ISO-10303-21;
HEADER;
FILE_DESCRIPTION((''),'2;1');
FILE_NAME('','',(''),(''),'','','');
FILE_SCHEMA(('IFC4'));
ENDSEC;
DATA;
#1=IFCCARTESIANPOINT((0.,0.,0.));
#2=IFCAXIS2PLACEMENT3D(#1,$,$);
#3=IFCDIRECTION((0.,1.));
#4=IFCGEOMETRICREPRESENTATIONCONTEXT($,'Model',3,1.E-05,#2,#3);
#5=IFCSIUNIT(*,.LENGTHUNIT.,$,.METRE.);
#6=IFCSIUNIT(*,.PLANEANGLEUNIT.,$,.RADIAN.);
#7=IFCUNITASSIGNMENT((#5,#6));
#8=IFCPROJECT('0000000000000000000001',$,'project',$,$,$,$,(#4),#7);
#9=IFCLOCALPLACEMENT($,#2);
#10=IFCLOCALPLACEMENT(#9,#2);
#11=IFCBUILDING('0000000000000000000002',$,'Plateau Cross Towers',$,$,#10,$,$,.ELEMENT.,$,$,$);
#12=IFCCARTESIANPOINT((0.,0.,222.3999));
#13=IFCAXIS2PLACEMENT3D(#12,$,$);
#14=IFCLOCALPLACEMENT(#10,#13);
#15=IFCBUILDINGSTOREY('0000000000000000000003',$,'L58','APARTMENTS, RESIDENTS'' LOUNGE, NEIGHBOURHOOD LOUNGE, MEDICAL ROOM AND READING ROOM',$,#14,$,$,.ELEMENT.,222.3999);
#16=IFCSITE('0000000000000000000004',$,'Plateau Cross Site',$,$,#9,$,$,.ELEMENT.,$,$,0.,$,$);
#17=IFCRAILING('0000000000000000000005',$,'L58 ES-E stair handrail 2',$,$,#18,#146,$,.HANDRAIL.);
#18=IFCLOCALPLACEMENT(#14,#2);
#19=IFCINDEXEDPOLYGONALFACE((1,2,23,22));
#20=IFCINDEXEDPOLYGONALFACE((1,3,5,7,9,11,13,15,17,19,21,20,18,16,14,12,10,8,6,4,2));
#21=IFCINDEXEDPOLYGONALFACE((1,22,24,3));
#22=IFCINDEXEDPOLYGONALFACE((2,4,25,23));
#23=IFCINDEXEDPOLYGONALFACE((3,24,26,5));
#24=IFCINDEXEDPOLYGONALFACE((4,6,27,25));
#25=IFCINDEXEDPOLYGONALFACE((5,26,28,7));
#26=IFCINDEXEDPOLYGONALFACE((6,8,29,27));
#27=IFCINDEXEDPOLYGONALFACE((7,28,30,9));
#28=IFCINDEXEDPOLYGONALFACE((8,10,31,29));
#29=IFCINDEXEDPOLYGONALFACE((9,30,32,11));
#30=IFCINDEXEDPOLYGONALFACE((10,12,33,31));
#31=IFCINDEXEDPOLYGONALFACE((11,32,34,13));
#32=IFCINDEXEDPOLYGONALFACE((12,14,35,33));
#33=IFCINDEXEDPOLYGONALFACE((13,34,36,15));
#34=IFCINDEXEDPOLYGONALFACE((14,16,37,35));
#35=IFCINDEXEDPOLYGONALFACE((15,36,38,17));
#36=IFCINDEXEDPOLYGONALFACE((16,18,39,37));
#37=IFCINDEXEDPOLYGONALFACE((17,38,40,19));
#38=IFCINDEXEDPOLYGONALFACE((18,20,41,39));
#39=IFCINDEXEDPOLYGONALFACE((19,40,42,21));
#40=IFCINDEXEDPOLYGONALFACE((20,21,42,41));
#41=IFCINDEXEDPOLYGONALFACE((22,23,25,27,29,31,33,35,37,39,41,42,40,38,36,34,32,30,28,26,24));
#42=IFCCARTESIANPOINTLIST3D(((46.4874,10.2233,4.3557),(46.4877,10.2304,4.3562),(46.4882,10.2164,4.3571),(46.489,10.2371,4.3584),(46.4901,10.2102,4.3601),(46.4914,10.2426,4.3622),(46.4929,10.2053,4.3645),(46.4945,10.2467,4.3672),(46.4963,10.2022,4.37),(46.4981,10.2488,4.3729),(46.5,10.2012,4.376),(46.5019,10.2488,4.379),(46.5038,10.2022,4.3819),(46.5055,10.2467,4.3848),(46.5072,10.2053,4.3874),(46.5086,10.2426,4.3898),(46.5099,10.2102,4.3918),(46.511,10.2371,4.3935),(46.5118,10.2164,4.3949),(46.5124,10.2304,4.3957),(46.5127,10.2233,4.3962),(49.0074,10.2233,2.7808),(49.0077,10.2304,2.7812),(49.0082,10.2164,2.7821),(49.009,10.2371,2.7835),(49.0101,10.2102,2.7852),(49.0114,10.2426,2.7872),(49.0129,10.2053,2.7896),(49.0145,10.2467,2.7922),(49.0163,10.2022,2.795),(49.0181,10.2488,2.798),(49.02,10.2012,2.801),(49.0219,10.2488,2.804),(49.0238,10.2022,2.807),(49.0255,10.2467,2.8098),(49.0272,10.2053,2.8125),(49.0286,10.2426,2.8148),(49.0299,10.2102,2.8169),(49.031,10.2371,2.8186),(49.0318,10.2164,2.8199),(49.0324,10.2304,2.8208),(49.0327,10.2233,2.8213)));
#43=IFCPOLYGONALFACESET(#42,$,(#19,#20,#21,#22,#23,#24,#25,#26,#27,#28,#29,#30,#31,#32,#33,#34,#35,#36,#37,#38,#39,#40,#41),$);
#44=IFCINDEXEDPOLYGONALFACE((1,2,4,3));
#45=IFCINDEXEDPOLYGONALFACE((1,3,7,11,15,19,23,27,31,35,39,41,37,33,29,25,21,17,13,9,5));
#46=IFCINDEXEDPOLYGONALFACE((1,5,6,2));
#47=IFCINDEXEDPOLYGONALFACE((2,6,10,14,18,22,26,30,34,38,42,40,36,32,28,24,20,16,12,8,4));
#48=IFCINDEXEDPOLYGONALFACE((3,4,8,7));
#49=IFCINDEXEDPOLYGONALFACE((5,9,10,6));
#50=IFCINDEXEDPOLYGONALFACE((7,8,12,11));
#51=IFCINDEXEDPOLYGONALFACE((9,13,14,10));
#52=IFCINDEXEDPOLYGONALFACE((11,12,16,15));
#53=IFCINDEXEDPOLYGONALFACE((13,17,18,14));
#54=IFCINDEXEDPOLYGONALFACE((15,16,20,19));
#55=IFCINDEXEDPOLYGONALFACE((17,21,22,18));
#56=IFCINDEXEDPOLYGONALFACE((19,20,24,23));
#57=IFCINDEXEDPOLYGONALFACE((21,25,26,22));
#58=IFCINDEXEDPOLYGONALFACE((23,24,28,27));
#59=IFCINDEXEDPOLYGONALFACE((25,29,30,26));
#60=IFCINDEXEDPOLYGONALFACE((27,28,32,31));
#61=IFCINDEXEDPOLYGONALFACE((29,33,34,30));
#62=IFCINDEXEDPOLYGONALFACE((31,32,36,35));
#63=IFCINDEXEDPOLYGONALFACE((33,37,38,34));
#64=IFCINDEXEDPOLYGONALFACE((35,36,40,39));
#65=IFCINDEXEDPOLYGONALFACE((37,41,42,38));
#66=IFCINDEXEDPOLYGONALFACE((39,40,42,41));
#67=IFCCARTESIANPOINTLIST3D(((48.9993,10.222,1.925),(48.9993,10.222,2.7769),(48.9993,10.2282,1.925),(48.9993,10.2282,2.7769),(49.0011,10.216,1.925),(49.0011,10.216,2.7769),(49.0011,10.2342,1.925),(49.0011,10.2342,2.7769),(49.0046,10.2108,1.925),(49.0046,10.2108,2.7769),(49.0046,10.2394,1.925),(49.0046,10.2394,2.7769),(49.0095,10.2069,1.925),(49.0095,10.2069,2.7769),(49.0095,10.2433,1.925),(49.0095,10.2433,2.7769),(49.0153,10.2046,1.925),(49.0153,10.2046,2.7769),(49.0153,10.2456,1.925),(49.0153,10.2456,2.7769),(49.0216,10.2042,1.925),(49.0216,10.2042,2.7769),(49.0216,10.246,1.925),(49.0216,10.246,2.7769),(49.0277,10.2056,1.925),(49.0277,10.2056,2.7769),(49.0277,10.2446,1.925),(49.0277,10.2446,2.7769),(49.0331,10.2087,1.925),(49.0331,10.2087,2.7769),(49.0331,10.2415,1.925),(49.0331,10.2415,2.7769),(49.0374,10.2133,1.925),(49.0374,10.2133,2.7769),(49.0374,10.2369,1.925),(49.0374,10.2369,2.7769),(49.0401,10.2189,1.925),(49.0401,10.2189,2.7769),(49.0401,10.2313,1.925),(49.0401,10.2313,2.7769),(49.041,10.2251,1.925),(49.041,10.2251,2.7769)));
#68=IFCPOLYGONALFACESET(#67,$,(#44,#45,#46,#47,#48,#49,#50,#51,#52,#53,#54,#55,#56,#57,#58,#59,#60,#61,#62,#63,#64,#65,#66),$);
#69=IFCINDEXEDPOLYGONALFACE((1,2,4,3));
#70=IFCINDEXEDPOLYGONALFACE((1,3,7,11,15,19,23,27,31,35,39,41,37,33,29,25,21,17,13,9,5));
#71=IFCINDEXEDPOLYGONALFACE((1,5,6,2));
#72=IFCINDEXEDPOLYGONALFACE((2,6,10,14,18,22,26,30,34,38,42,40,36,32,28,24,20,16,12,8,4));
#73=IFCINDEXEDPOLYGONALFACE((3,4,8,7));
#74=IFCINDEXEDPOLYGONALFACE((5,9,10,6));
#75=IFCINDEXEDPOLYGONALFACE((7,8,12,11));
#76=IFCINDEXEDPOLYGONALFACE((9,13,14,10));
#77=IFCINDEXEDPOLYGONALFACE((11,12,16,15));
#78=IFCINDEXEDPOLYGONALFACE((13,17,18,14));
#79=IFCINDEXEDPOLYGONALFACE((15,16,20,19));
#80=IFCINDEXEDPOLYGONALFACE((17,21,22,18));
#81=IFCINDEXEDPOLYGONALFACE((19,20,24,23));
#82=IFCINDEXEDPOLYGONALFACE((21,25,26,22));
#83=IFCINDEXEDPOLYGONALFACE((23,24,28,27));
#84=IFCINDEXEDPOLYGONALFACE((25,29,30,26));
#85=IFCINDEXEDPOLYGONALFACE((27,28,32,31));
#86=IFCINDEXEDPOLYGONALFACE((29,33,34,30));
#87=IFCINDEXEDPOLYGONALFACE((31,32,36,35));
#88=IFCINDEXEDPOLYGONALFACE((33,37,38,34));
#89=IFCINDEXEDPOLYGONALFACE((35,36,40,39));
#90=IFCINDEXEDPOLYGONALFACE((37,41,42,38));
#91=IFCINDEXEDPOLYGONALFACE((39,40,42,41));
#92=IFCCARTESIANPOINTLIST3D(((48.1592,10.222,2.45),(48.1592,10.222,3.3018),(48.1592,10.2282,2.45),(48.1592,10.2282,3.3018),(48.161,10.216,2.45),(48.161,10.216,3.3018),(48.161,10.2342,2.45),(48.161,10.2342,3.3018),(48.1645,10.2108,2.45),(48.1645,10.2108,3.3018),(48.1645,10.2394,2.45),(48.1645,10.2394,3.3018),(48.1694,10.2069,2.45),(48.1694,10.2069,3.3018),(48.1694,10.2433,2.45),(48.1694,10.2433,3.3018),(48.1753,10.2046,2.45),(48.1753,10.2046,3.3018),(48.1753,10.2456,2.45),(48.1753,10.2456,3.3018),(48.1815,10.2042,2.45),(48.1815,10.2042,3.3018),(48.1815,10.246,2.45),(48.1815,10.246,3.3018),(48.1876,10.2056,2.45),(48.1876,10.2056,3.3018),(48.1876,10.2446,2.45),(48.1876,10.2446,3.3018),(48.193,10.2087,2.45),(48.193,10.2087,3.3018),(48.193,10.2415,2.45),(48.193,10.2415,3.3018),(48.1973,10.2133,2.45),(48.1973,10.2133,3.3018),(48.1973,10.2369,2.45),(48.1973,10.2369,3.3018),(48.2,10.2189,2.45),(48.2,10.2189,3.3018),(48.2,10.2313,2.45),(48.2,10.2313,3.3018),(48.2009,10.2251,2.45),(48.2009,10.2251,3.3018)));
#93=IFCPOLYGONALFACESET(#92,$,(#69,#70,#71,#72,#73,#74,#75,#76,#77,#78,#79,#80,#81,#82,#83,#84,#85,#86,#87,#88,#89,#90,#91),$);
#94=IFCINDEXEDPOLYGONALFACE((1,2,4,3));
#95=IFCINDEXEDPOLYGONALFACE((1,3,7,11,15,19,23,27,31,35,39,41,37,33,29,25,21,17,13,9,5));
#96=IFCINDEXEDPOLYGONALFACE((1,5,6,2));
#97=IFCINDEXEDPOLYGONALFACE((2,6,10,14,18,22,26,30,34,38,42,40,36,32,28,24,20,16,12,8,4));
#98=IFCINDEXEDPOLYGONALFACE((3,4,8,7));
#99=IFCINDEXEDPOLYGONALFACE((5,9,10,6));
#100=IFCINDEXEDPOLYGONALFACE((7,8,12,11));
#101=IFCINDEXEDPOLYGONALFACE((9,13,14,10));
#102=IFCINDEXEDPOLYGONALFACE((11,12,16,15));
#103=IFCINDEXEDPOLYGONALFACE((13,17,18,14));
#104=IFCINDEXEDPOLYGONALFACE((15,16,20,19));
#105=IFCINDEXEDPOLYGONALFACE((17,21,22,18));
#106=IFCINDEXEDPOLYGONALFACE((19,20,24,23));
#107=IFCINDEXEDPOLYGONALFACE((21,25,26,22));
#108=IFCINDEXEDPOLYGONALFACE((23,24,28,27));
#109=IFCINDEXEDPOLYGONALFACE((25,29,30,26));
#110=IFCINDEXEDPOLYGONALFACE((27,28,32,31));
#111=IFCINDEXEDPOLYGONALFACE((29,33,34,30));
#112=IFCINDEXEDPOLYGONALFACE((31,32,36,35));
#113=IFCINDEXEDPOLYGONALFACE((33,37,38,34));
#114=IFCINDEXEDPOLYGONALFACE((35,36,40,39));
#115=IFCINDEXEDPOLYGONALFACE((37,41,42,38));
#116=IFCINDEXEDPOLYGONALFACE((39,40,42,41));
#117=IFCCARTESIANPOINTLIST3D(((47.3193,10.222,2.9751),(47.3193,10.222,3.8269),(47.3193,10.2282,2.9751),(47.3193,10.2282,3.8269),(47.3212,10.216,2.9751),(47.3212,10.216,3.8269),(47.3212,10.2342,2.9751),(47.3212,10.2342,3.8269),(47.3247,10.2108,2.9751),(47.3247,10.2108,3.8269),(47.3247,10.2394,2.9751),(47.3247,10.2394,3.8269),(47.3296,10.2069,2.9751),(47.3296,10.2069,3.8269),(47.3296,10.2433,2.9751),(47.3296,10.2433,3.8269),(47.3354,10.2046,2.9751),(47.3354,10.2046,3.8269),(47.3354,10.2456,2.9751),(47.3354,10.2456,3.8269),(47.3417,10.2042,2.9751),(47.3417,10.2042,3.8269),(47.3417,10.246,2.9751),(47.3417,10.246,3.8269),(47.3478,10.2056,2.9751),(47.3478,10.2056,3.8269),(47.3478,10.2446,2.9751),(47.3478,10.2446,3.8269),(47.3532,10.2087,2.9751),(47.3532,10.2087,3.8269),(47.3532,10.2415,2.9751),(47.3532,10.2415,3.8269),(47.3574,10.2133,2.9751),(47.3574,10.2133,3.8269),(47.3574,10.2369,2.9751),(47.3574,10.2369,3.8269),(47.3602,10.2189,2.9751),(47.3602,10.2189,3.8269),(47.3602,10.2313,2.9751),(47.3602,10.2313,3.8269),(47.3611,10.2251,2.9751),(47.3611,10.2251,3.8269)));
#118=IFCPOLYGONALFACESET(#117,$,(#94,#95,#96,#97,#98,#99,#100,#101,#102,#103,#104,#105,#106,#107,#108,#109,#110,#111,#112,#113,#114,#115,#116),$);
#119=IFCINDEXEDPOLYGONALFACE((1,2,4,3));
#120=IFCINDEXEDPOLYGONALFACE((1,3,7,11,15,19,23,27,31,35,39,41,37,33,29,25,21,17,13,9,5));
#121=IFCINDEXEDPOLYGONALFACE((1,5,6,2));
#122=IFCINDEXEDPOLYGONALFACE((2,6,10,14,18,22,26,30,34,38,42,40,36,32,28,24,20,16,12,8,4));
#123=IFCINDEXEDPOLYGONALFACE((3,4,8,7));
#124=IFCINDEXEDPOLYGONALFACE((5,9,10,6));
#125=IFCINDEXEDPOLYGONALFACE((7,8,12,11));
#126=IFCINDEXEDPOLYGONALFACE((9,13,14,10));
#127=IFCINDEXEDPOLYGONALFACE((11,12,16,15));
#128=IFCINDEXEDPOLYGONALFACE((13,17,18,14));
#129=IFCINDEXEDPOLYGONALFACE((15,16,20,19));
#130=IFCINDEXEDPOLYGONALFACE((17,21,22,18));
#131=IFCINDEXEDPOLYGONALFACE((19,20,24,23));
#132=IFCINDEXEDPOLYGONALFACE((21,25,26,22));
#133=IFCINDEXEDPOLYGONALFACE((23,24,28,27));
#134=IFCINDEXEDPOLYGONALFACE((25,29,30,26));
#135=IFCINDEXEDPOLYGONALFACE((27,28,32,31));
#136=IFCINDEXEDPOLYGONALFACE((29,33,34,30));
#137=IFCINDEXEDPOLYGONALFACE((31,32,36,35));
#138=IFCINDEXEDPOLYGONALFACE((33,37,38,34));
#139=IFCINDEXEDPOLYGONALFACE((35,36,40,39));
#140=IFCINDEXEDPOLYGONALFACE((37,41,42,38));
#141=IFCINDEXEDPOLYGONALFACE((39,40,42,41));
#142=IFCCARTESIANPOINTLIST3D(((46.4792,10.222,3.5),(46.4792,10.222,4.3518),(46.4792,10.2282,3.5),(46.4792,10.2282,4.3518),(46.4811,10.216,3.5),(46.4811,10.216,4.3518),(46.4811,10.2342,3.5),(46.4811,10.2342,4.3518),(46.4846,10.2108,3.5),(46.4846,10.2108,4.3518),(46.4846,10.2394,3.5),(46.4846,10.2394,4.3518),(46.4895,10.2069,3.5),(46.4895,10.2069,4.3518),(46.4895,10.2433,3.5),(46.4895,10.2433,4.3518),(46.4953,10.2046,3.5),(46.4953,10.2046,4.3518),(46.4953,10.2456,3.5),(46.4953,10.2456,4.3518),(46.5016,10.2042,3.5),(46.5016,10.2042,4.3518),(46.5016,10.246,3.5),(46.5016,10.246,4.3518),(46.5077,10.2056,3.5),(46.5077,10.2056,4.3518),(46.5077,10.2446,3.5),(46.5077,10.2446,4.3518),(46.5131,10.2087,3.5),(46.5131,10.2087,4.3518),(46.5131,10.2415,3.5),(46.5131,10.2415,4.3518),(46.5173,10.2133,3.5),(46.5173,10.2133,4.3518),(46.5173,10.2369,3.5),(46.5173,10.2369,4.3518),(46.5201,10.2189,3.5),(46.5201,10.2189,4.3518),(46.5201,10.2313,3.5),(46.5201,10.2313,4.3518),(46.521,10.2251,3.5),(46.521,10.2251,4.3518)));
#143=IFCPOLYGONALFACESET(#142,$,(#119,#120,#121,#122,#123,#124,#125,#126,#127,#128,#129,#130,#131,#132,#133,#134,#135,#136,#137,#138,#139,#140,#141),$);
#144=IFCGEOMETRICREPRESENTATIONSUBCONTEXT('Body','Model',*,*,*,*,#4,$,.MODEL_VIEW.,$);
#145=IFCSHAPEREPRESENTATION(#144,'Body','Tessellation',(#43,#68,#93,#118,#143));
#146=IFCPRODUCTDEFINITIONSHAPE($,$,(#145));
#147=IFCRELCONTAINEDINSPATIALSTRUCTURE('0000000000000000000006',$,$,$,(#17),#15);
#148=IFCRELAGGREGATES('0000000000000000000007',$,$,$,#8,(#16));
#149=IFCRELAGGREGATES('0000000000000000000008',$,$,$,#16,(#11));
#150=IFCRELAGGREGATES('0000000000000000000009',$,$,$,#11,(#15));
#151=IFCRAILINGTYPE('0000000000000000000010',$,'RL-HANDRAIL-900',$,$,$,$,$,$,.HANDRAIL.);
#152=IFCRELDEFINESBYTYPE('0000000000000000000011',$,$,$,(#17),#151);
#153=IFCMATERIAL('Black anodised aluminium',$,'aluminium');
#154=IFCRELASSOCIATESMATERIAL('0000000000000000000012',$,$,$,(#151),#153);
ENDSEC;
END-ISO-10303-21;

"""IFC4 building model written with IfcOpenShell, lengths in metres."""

from ifc_helpers import new_model, si_unit, direction, frame, origin, origin_2d, place, context, subcontext, project, spatial, circle, extrude, material, type_object, element, save


model = new_model("IFC4")

# Units and contexts
model_context = context("Model", 3, precision=1e-05, world=origin(), true_north=direction((0.0, 1.0)))
body_context = subcontext(model_context, "Body", "Model", "MODEL_VIEW")
ifc_project = project(units=[si_unit("LENGTHUNIT", "METRE"), si_unit("PLANEANGLEUNIT", "RADIAN")], contexts=[model_context])

# Site, building, storey
site_placement = place(None, origin())
site = spatial("IfcSite", under=ifc_project, at=site_placement, Name="Plateau Cross Site", CompositionType="ELEMENT", RefElevation=0.0)
building_placement = place(site_placement, origin())
building = spatial("IfcBuilding", under=site, at=building_placement, Name="Plateau Cross Towers", CompositionType="ELEMENT")
storey_placement = place(building_placement, frame((0.0, 0.0, 222.3999)))
storey = spatial("IfcBuildingStorey", under=building, at=storey_placement, Name="L58", Description="APARTMENTS, RESIDENTS' LOUNGE, NEIGHBOURHOOD LOUNGE, MEDICAL ROOM AND READING ROOM", CompositionType="ELEMENT", Elevation=222.3999)

# Shared definitions
ifc_material_1 = material(Name="Black anodised aluminium", Category="aluminium")

# Railing
railing_type_1 = type_object("IfcRailingType", Name="RL-HANDRAIL-900", PredefinedType="HANDRAIL", material=ifc_material_1)
railing_1_placement = place(storey_placement, frame((49.02, 10.2251, 1.925)))
element("IfcRailing", 1, at=railing_1_placement, inside=storey, type_object=railing_type_1, Name="L58 ES-E stair handrail 2", PredefinedType="HANDRAIL", context=body_context, shape_type="SweptSolid", body=[
    extrude(circle(Radius=0.0239, at=origin_2d()), frame((0.0, 0.0, 0.876), z_axis=(-0.848008, 0.0, 0.529984), x_axis=(0.0, -1.0, 0.0)), (0.0, 0.0, 1.0), 2.9717),
    extrude(circle(Radius=0.021, at=origin_2d()), origin(), (0.0, 0.0, 1.0), 0.8518),
    extrude(circle(Radius=0.021, at=origin_2d()), frame((-0.8401, 0.0, 0.5249)), (0.0, 0.0, 1.0), 0.8518),
    extrude(circle(Radius=0.021, at=origin_2d()), frame((-1.6799, 0.0, 1.05)), (0.0, 0.0, 1.0), 0.8518),
    extrude(circle(Radius=0.021, at=origin_2d()), frame((-2.52, 0.0, 1.575)), (0.0, 0.0, 1.0), 0.8518),
])

save(model, "model.ifc")
